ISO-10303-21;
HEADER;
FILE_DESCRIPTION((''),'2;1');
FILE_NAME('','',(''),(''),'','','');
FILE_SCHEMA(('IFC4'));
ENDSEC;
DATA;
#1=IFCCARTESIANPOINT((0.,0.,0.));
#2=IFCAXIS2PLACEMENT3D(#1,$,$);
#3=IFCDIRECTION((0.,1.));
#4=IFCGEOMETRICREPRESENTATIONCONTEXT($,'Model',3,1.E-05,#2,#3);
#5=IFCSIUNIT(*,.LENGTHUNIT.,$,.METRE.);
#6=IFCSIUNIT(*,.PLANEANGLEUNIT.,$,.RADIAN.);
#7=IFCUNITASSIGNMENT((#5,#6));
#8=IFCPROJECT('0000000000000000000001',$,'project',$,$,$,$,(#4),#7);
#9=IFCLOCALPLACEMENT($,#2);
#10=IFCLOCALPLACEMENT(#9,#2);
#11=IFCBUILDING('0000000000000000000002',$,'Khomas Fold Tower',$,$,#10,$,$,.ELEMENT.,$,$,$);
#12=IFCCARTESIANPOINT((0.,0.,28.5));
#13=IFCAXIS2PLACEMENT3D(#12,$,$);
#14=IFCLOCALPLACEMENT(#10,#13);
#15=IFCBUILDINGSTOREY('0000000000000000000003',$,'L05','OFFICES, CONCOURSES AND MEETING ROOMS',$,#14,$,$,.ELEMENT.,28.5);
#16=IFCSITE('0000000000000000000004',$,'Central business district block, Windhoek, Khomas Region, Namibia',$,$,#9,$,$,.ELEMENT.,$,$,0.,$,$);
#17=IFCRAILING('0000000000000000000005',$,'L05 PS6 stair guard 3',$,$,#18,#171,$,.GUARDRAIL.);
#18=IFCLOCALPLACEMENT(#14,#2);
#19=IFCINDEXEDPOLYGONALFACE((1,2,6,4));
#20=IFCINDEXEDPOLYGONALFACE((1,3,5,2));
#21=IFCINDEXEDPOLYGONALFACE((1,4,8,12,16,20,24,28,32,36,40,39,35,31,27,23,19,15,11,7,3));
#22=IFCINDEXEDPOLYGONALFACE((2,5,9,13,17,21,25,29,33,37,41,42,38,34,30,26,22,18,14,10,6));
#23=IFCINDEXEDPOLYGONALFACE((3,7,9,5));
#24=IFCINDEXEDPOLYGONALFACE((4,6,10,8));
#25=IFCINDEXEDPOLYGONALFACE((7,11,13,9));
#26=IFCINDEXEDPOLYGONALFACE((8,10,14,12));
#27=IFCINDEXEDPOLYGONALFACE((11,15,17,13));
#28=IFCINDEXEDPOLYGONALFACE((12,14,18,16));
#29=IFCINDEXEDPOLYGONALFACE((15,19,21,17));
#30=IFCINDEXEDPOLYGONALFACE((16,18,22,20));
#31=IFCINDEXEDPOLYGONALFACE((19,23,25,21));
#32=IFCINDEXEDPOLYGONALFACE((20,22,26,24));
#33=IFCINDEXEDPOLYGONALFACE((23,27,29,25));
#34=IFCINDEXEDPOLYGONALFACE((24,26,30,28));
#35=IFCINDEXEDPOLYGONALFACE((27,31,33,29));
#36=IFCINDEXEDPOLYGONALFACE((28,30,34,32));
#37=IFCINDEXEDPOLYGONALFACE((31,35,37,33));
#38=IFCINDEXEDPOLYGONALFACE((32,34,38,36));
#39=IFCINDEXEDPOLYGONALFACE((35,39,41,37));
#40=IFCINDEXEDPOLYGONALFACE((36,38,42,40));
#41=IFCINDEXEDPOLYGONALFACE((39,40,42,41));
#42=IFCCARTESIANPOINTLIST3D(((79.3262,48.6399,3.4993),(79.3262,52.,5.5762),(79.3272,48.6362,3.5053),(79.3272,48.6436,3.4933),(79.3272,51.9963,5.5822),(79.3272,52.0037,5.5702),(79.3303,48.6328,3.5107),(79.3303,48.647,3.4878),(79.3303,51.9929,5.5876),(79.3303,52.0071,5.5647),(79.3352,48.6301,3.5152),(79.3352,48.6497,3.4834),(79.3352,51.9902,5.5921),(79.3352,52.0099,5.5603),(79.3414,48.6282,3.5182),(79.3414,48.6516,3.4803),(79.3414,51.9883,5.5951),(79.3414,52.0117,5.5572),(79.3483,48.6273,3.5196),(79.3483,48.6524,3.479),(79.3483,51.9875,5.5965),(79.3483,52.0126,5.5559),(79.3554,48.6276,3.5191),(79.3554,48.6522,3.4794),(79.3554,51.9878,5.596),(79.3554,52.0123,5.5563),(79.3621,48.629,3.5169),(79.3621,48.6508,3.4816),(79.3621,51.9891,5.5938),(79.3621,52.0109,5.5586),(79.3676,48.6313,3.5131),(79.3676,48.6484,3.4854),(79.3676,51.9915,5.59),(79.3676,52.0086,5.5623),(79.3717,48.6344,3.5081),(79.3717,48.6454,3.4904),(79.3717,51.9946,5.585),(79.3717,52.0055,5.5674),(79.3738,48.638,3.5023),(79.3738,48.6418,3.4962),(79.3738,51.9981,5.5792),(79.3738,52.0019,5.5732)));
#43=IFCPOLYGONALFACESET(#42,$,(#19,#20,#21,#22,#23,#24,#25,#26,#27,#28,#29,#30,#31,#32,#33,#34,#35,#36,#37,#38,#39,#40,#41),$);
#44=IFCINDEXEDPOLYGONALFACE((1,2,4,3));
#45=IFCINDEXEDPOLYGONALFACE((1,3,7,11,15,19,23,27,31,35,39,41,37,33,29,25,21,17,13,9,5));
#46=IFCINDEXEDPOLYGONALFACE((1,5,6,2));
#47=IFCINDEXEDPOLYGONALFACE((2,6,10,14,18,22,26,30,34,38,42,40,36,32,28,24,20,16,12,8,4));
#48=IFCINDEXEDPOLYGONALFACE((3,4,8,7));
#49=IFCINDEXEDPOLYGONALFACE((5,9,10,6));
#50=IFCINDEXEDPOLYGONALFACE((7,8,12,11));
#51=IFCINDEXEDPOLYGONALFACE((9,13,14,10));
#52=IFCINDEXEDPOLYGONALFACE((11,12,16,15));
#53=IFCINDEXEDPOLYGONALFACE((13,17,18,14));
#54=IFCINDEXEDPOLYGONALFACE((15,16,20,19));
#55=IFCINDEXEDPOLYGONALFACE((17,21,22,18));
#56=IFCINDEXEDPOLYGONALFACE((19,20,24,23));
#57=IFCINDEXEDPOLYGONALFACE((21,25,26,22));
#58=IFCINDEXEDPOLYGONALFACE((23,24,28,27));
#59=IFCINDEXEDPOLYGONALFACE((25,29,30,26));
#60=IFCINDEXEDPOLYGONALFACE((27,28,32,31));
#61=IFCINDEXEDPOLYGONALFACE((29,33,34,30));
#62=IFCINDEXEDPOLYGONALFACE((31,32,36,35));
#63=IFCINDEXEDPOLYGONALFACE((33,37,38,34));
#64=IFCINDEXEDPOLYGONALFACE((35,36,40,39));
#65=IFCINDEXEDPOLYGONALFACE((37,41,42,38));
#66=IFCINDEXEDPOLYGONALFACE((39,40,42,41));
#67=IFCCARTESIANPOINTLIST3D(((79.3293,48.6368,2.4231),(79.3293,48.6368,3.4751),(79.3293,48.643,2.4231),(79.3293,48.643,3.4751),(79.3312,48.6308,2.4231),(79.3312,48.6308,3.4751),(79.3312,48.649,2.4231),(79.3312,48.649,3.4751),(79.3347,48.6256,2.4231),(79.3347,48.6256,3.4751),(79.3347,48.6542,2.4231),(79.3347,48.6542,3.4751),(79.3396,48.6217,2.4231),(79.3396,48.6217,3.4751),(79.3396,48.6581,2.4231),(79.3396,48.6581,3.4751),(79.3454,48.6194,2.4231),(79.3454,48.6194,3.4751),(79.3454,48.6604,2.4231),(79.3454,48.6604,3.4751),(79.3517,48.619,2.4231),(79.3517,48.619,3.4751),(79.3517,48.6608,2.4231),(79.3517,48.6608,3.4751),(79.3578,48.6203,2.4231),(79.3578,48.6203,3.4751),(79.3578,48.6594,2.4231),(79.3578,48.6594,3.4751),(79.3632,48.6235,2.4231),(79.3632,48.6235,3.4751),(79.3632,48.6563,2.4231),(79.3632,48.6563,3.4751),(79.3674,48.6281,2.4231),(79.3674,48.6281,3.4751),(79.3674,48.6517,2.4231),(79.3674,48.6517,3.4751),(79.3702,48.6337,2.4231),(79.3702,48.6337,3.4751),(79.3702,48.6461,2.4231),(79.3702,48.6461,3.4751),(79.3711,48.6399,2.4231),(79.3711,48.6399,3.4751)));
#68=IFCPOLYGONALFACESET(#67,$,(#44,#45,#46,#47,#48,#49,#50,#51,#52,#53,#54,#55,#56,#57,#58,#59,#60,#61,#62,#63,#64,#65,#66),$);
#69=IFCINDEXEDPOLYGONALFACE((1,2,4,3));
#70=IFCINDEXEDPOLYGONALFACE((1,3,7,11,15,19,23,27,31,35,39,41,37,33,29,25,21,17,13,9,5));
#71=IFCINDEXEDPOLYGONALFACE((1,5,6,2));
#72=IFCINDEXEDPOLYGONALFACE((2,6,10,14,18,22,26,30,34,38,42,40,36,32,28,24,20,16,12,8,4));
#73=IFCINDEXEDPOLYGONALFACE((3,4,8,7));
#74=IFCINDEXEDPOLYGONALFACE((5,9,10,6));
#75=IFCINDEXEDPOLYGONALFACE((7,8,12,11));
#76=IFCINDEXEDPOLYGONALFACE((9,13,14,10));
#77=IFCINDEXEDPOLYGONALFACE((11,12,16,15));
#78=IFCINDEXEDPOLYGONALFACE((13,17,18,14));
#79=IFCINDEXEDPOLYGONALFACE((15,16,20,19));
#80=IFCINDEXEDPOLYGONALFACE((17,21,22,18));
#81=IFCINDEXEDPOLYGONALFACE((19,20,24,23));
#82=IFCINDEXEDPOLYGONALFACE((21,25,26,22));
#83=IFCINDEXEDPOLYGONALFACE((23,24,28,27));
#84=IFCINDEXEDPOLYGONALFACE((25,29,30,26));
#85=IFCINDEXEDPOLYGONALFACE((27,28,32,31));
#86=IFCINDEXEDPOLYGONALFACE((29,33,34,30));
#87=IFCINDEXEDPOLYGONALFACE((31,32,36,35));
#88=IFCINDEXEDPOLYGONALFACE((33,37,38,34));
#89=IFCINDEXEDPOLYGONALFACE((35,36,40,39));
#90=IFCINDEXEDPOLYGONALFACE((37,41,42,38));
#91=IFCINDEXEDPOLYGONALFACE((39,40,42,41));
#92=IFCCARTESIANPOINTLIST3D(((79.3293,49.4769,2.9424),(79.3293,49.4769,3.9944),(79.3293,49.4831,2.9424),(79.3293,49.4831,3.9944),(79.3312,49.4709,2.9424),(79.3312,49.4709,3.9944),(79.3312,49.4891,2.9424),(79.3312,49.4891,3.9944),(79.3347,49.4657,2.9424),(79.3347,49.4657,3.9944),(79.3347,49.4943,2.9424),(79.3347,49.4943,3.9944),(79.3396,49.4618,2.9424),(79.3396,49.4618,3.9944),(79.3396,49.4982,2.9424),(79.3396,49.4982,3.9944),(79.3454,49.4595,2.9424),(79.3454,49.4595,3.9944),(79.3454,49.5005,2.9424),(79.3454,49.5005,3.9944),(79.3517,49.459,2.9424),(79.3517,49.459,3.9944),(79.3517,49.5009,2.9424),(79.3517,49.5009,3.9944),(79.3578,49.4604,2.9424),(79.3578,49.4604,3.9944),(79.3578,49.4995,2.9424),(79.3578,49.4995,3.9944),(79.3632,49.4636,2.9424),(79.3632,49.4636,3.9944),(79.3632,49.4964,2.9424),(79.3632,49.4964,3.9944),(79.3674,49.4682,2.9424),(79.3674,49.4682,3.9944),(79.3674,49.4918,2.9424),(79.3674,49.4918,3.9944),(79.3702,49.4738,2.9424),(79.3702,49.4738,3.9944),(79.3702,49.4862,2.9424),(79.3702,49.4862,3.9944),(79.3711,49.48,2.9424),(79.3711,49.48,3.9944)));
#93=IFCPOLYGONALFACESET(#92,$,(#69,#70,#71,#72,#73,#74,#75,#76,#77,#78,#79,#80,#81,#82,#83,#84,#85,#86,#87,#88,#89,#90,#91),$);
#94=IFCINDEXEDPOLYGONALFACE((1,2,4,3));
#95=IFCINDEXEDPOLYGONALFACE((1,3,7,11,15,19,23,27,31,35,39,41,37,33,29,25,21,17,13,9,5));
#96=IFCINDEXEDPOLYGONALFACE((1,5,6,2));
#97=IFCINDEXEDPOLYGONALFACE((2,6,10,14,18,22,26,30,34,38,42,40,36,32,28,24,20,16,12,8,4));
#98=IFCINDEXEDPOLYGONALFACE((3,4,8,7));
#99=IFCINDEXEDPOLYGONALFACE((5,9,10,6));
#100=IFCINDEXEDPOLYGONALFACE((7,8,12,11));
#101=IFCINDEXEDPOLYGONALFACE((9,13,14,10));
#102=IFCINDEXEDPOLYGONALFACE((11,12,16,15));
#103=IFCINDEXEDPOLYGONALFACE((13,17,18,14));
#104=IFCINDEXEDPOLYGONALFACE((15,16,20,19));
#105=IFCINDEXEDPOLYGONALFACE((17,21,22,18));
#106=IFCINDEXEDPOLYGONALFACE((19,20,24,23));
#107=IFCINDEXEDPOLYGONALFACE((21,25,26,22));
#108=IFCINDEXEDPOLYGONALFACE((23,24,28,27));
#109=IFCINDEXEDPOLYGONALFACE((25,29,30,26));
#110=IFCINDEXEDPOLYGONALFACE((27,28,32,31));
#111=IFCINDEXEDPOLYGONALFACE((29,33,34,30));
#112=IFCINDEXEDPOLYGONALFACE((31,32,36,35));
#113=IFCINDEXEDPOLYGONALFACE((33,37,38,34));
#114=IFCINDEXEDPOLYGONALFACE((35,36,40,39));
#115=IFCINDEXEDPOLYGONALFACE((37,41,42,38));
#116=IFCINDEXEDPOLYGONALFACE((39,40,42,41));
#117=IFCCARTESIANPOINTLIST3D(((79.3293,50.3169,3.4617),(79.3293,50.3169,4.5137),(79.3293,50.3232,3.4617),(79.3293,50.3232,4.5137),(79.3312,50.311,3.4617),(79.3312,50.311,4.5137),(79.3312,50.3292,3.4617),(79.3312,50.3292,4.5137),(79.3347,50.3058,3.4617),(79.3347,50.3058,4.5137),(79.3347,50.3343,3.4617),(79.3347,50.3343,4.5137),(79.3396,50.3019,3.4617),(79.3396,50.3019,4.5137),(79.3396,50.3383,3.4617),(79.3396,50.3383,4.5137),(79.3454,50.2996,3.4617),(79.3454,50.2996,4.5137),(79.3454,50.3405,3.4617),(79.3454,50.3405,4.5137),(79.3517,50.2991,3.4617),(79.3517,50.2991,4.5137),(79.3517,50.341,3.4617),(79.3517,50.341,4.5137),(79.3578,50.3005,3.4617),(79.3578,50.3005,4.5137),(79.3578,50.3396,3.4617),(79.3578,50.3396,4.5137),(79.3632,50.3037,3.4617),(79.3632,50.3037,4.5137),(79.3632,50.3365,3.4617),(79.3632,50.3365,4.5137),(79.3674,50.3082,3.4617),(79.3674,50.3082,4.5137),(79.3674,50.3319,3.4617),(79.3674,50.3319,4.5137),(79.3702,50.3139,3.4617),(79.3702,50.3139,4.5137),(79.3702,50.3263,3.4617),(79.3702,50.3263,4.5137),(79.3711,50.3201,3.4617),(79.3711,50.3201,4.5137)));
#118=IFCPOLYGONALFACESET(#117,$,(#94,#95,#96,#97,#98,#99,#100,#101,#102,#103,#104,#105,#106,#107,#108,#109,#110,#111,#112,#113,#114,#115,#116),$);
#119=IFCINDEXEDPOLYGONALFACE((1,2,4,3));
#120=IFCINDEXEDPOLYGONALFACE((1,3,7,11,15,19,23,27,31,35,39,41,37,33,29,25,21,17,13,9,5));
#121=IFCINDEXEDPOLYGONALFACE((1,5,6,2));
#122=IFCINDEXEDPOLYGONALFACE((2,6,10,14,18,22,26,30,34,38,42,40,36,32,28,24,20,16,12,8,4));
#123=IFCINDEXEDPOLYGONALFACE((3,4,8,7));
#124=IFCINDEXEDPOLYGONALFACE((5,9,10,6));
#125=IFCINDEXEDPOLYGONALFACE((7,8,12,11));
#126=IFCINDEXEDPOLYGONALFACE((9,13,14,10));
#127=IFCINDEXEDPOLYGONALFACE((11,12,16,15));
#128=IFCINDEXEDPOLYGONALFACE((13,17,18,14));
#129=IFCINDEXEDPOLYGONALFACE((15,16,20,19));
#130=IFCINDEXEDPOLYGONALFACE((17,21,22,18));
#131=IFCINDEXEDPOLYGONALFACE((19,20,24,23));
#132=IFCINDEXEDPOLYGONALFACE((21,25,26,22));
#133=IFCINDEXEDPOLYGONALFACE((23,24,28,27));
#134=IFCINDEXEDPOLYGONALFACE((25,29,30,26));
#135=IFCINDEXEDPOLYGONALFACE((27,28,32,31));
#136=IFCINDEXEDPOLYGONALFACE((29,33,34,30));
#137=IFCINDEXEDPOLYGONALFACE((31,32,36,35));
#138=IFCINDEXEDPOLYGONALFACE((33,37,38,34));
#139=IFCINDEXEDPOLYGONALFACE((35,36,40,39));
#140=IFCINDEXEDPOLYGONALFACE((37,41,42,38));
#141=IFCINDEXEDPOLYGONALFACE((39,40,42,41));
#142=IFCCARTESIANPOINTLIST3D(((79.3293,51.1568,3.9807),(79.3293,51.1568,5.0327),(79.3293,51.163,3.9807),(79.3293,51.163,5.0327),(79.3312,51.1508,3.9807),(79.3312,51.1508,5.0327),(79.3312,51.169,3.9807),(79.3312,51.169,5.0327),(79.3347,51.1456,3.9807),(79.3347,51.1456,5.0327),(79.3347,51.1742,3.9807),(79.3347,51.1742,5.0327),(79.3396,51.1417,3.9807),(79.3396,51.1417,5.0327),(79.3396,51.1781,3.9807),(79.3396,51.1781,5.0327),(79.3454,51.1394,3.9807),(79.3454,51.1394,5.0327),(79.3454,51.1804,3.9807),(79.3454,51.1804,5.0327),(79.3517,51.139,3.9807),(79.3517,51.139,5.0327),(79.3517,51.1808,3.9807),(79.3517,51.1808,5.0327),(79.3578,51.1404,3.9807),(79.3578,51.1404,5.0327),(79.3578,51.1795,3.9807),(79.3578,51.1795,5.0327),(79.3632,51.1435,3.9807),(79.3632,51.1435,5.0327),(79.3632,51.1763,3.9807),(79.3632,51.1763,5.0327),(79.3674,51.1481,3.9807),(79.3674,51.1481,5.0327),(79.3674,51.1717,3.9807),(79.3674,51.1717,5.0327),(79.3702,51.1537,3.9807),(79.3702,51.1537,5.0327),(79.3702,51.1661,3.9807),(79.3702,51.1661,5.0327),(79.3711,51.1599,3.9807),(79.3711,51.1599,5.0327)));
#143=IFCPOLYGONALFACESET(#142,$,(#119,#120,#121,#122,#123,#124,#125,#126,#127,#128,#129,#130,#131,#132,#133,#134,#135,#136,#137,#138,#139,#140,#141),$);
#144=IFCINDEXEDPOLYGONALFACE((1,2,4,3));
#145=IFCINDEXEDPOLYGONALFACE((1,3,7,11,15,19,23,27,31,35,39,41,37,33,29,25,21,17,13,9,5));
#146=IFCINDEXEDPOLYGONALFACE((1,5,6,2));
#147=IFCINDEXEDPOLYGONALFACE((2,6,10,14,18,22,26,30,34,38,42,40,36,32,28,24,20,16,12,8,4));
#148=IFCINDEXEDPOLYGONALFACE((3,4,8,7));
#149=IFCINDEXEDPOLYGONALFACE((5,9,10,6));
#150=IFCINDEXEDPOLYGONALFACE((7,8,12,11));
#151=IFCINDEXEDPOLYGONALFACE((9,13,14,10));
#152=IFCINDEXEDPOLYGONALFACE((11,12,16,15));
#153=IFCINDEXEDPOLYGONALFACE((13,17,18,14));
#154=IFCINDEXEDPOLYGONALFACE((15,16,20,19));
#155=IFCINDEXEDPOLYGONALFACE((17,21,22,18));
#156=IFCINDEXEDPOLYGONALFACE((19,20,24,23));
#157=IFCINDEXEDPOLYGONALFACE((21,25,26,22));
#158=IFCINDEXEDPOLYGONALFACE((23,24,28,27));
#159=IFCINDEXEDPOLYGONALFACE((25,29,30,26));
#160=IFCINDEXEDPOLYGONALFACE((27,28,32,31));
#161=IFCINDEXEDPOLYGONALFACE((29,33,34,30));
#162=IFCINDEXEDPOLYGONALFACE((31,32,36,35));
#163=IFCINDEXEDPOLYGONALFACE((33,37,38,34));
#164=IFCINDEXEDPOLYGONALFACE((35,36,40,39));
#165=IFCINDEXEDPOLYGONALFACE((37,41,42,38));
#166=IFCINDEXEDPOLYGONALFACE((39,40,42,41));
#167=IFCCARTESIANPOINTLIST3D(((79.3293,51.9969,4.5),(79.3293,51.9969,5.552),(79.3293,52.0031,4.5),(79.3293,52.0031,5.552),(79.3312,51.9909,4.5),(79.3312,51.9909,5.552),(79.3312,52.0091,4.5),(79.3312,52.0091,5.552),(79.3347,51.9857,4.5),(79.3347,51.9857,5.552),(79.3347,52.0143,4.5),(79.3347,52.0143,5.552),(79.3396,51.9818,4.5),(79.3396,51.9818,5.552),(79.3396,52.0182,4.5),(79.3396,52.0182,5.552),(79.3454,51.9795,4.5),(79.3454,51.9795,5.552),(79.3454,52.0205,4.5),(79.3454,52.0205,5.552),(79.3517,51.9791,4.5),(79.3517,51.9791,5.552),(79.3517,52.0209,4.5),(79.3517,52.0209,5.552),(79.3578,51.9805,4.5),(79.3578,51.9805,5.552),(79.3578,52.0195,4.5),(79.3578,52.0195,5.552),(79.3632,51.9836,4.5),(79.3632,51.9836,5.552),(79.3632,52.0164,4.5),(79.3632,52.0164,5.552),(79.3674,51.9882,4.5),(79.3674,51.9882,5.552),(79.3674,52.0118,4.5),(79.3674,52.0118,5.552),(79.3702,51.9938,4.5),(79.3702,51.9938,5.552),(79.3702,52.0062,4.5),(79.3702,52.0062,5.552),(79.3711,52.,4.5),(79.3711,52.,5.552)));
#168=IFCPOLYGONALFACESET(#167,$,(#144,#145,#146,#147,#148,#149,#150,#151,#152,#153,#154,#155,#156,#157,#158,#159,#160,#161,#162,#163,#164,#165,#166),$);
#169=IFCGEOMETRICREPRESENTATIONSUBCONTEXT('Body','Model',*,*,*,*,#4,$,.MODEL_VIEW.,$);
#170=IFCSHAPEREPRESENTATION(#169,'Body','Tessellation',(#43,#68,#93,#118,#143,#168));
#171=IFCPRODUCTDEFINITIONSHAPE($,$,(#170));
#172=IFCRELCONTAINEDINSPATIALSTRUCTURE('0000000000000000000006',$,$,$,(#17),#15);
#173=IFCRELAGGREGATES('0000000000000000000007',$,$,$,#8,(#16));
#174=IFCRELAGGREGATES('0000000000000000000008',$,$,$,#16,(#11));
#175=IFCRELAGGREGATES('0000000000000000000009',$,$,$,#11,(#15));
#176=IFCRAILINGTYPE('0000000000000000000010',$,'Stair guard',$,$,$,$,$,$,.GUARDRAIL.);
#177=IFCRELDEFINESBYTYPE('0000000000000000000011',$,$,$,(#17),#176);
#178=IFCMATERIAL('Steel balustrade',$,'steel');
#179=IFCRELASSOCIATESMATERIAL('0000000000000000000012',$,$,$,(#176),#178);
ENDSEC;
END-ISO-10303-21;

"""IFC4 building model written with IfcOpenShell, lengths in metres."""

from ifc_helpers import new_model, si_unit, direction, frame, origin, origin_2d, place, context, subcontext, project, spatial, circle, extrude, source, transform, mapped, material, type_object, element, save


model = new_model("IFC4")

# Units and contexts
model_context = context("Model", 3, precision=1e-05, world=origin(), true_north=direction((0.0, 1.0)))
body_context = subcontext(model_context, "Body", "Model", "MODEL_VIEW")
ifc_project = project(units=[si_unit("LENGTHUNIT", "METRE"), si_unit("PLANEANGLEUNIT", "RADIAN")], contexts=[model_context])

# Site, building, storey
site_placement = place(None, origin())
site = spatial("IfcSite", under=ifc_project, at=site_placement, Name="Central business district block, Windhoek, Khomas Region, Namibia", CompositionType="ELEMENT", RefElevation=0.0)
building_placement = place(site_placement, origin())
building = spatial("IfcBuilding", under=site, at=building_placement, Name="Khomas Fold Tower", CompositionType="ELEMENT")
storey_placement = place(building_placement, frame((0.0, 0.0, 28.5)))
storey = spatial("IfcBuildingStorey", under=building, at=storey_placement, Name="L05", Description="OFFICES, CONCOURSES AND MEETING ROOMS", CompositionType="ELEMENT", Elevation=28.5)

# Railing
ifc_material_1 = material(Name="Steel balustrade", Category="steel")
railing_type_1 = type_object("IfcRailingType", Name="Stair guard", PredefinedType="GUARDRAIL", material=ifc_material_1)
shared_shape_1 = source(origin(), body_context, "Body", "SweptSolid", [
    extrude(circle(Radius=0.0239, at=origin_2d()), frame((0.0, 0.0, 1.0762), z_axis=(0.0, 0.850623, 0.525776), x_axis=(-1.0, 0.0, 0.0)), (0.0, 0.0, 1.0), 3.9502),
    extrude(circle(Radius=0.021, at=origin_2d()), origin(), (0.0, 0.0, 1.0), 1.052),
    extrude(circle(Radius=0.021, at=origin_2d()), frame((0.0, 0.8401, 0.5193)), (0.0, 0.0, 1.0), 1.052),
    extrude(circle(Radius=0.021, at=origin_2d()), frame((0.0, 1.6802, 1.0386)), (0.0, 0.0, 1.0), 1.052),
    extrude(circle(Radius=0.021, at=origin_2d()), frame((0.0, 2.52, 1.5576)), (0.0, 0.0, 1.0), 1.052),
    extrude(circle(Radius=0.021, at=origin_2d()), frame((0.0, 3.3601, 2.0769)), (0.0, 0.0, 1.0), 1.052),
])
railing_1_placement = place(storey_placement, frame((79.3501, 48.6399, 2.4231)))
element("IfcRailing", 1, at=railing_1_placement, inside=storey, type_object=railing_type_1, Name="L05 PS6 stair guard 3", PredefinedType="GUARDRAIL", context=body_context, shape_type="MappedRepresentation", body=[
    mapped(shared_shape_1, transform((0.0, 0.0, 0.0))),
])

save(model, "model.ifc")
